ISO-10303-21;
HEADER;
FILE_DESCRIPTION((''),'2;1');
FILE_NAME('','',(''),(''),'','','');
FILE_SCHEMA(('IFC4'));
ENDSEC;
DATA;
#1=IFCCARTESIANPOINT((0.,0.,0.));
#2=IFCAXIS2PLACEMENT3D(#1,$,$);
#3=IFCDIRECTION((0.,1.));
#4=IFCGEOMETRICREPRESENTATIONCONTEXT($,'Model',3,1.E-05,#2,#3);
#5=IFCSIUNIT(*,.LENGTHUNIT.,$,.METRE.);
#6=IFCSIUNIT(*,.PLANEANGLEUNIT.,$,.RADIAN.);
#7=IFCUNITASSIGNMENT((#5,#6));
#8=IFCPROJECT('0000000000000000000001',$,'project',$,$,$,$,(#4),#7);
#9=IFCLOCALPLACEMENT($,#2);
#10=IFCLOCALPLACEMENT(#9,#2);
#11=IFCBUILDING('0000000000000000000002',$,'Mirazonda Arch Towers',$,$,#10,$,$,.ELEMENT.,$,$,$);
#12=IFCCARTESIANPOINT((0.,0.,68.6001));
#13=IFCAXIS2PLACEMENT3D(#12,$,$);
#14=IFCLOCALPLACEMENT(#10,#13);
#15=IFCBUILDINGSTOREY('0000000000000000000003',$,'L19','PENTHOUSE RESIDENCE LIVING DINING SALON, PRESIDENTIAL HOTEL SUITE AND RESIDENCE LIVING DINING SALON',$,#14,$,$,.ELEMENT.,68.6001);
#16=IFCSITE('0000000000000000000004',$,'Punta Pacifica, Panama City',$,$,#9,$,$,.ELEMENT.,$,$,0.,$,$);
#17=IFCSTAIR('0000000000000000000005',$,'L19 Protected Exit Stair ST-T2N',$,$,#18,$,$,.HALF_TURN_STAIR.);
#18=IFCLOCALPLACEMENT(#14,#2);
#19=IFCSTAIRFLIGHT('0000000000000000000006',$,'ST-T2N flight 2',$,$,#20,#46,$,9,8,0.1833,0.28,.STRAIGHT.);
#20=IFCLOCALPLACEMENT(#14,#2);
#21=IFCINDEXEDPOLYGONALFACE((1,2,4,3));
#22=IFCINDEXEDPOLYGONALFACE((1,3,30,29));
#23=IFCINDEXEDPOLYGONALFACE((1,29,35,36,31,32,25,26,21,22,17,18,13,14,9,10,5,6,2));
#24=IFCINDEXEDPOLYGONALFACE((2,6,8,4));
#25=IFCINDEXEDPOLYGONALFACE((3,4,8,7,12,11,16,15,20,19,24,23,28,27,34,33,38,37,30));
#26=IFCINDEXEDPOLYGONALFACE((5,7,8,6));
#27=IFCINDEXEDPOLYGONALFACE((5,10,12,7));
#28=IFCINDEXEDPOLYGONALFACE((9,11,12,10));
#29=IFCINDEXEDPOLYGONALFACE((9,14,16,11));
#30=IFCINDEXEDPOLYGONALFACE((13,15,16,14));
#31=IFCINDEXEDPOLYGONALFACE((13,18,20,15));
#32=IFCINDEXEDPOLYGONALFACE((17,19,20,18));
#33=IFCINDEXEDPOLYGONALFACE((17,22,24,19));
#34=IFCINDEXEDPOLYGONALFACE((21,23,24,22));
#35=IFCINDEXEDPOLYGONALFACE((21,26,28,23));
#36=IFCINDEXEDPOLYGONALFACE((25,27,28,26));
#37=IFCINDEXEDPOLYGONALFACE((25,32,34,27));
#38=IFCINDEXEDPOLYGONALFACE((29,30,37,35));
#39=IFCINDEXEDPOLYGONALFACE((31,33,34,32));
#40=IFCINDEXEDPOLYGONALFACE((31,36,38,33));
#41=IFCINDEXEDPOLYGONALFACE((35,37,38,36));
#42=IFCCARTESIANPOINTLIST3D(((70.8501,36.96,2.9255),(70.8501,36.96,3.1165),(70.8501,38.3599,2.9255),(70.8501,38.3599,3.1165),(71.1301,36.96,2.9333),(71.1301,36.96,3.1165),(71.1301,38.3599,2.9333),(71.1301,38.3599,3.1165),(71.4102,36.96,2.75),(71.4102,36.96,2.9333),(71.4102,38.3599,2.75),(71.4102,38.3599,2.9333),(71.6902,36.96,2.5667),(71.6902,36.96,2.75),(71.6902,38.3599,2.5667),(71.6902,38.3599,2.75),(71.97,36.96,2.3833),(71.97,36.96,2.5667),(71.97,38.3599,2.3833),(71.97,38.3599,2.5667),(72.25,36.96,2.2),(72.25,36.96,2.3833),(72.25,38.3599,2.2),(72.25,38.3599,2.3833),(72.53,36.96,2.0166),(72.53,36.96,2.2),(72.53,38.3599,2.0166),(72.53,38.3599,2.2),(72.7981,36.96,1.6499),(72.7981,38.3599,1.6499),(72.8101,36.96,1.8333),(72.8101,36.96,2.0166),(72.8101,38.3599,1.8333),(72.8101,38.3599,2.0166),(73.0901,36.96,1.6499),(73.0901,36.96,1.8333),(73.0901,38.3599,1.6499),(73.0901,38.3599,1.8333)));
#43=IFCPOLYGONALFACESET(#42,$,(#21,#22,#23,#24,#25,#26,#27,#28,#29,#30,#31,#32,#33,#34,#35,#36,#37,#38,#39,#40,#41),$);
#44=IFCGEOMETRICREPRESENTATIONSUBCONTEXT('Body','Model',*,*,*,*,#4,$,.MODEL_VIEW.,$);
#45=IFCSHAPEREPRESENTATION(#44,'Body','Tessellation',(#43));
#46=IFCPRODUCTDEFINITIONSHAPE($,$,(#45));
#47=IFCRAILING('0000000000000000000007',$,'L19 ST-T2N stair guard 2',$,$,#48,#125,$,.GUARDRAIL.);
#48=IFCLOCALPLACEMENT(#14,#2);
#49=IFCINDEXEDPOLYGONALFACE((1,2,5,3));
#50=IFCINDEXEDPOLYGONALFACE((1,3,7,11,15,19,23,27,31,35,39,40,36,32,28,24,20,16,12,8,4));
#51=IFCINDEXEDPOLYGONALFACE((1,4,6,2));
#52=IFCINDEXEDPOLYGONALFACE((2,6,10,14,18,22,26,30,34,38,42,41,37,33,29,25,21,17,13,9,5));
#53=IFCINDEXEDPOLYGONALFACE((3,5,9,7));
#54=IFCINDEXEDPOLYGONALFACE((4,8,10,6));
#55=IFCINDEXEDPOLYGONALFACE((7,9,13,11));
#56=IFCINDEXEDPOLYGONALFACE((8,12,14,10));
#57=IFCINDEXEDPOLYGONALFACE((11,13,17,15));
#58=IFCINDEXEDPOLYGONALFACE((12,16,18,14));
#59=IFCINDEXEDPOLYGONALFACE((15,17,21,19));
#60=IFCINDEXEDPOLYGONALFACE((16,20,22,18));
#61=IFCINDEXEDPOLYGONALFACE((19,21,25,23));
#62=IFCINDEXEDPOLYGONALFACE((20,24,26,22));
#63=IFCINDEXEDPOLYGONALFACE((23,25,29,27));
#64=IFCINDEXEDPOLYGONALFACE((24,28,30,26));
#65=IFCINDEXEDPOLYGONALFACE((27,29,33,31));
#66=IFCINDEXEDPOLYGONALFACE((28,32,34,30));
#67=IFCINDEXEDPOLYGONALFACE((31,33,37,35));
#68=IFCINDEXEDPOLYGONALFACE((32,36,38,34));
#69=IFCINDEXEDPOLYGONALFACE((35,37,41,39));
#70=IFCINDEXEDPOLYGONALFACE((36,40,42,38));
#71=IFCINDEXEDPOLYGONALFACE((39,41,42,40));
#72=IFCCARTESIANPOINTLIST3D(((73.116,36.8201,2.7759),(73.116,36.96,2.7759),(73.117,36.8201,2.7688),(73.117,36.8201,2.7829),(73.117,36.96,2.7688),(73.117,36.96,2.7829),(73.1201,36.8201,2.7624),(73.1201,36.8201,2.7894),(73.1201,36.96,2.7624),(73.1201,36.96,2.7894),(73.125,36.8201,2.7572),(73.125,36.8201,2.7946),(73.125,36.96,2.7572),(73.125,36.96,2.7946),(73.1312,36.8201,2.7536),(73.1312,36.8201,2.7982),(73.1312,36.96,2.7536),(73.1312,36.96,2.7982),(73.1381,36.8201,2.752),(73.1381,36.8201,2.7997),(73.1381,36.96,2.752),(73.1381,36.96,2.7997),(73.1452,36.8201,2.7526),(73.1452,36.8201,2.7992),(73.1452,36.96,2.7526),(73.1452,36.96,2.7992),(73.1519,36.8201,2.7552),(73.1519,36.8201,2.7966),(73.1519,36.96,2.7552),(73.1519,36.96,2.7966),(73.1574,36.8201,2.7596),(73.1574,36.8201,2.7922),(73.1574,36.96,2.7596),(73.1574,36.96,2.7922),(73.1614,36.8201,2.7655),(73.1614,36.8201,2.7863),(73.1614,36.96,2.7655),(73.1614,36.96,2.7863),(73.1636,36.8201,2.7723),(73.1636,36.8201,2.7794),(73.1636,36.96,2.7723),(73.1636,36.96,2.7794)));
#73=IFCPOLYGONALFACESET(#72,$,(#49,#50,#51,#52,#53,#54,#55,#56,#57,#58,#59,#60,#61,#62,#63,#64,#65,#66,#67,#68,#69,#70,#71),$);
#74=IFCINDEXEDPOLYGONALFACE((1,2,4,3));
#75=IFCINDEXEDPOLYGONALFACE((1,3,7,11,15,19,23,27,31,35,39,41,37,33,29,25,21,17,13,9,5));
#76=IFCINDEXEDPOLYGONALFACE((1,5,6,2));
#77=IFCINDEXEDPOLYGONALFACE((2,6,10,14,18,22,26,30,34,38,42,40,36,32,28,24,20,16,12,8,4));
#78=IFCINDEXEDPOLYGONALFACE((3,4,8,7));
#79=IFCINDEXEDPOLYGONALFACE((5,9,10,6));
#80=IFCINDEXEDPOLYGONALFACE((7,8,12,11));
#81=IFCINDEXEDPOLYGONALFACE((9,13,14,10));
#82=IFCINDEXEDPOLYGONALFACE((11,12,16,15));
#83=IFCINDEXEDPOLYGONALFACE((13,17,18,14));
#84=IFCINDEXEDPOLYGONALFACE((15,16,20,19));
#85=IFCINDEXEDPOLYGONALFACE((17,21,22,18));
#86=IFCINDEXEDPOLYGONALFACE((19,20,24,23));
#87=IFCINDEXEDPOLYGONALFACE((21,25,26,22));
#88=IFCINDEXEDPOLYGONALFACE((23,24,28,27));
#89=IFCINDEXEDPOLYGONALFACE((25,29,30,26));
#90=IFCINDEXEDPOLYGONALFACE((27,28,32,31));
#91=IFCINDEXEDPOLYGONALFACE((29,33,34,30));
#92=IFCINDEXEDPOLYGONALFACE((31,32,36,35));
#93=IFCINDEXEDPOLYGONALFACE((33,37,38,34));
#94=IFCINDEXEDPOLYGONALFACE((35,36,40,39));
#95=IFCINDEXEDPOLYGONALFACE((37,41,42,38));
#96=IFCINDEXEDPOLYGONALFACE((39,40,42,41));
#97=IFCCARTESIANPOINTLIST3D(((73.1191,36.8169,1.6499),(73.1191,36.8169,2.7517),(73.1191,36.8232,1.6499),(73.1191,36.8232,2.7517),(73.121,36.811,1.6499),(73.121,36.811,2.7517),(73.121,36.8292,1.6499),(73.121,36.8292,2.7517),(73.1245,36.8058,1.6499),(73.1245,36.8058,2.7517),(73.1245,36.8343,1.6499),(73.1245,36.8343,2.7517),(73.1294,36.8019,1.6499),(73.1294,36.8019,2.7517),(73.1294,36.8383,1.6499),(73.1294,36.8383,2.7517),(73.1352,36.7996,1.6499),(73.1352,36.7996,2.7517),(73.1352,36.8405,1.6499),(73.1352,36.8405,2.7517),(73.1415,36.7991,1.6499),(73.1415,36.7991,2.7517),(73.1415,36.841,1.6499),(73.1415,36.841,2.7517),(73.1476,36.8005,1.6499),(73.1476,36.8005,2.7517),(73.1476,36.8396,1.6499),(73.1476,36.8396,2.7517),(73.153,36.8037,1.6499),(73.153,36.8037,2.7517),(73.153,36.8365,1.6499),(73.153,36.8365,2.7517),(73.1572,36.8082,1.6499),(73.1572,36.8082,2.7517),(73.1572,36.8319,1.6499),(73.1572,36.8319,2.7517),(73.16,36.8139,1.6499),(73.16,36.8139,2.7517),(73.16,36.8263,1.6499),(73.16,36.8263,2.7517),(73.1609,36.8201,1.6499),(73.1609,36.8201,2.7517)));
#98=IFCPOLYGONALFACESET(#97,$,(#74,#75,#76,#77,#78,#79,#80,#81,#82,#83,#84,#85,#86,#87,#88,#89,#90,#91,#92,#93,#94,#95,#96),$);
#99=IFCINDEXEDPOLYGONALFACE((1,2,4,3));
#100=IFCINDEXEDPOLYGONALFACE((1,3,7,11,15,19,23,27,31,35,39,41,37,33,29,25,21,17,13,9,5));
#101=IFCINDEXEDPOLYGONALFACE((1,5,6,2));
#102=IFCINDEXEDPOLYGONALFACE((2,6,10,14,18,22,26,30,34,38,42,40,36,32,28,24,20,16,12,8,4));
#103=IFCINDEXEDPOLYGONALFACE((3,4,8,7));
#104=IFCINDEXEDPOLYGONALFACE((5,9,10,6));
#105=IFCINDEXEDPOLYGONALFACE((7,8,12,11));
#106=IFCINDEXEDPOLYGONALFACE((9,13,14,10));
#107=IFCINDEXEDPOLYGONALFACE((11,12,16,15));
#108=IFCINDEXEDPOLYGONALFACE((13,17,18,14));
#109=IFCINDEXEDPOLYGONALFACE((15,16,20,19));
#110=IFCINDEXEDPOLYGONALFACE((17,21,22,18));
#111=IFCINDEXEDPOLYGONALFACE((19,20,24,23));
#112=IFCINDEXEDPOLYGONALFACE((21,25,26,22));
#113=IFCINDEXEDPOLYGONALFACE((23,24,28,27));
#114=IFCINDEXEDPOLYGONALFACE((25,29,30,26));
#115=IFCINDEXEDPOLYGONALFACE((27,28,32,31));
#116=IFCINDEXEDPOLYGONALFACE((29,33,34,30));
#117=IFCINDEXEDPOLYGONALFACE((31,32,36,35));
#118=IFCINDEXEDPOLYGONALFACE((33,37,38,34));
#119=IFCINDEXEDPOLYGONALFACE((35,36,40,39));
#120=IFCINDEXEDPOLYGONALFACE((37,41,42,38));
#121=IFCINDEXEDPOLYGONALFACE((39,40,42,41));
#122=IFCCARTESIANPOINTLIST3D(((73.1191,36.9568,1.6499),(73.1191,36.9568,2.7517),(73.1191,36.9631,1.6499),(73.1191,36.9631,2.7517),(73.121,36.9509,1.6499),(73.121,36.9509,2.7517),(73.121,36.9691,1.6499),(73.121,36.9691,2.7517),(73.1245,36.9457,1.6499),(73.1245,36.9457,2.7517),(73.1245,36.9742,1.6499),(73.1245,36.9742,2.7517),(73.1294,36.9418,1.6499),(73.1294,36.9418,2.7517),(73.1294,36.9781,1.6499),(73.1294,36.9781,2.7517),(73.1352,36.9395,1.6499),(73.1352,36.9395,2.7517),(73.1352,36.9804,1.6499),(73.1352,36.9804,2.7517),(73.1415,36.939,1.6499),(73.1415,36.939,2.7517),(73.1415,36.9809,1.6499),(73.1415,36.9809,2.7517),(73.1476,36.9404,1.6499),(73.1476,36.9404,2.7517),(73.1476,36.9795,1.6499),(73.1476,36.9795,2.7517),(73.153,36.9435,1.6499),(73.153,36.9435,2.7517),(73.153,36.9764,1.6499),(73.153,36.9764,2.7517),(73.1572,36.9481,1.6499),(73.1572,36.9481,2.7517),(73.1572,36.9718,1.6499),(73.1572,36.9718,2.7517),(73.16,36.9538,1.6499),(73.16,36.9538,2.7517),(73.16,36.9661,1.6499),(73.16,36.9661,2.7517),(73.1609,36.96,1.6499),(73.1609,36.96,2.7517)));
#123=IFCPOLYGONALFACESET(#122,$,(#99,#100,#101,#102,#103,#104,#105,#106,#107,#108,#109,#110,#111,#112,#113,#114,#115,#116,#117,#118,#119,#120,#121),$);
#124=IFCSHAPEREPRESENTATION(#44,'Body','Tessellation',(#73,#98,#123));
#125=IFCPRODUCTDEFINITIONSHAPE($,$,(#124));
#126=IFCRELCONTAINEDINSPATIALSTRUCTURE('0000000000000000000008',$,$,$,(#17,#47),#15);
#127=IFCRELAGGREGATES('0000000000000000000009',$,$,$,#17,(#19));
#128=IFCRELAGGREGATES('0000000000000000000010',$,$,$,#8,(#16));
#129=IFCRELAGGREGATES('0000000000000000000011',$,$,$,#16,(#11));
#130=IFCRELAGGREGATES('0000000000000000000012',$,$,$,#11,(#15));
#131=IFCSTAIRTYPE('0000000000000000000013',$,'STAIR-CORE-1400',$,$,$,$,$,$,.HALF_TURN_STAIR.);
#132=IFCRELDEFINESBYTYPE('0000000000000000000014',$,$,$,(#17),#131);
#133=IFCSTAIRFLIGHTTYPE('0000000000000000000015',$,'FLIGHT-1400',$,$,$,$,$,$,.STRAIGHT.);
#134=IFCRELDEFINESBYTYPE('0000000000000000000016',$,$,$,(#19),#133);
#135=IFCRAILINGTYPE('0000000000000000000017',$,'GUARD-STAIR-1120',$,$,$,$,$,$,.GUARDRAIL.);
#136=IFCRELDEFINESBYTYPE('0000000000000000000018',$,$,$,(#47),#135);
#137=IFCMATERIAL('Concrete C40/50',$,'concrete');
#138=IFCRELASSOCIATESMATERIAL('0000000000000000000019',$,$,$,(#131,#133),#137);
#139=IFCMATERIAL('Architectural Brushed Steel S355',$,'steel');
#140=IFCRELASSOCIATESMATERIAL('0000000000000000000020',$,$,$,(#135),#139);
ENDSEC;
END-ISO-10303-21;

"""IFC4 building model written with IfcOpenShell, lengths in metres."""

from ifc_helpers import new_model, si_unit, direction, frame, origin, origin_2d, place, context, subcontext, project, spatial, polyline, circle, outline, extrude, material, type_object, element, aggregate, save


model = new_model("IFC4")

# Units and contexts
model_context = context("Model", 3, precision=1e-05, world=origin(), true_north=direction((0.0, 1.0)))
body_context = subcontext(model_context, "Body", "Model", "MODEL_VIEW")
ifc_project = project(units=[si_unit("LENGTHUNIT", "METRE"), si_unit("PLANEANGLEUNIT", "RADIAN")], contexts=[model_context])

# Site, building, storey
site_placement = place(None, origin())
site = spatial("IfcSite", under=ifc_project, at=site_placement, Name="Punta Pacifica, Panama City", CompositionType="ELEMENT", RefElevation=0.0)
building_placement = place(site_placement, origin())
building = spatial("IfcBuilding", under=site, at=building_placement, Name="Mirazonda Arch Towers", CompositionType="ELEMENT")
storey_placement = place(building_placement, frame((0.0, 0.0, 68.6001)))
storey = spatial("IfcBuildingStorey", under=building, at=storey_placement, Name="L19", Description="PENTHOUSE RESIDENCE LIVING DINING SALON, PRESIDENTIAL HOTEL SUITE AND RESIDENCE LIVING DINING SALON", CompositionType="ELEMENT", Elevation=68.6001)

# Shared definitions
ifc_material_1 = material(Name="Concrete C40/50", Category="concrete")

# Stair, stair flight
stair_type = type_object("IfcStairType", Name="STAIR-CORE-1400", PredefinedType="HALF_TURN_STAIR", material=ifc_material_1)
stair_placement = place(storey_placement, origin())
stair = element("IfcStair", 1, at=stair_placement, inside=storey, type_object=stair_type, Name="L19 Protected Exit Stair ST-T2N", PredefinedType="HALF_TURN_STAIR")
stair_flight_type = type_object("IfcStairFlightType", Name="FLIGHT-1400", PredefinedType="STRAIGHT", material=ifc_material_1)
stair_flight_placement = place(storey_placement, frame((73.0901, 37.6599, 1.6499), z_axis=(0.0, 0.0, 1.0), x_axis=(-1.0, 0.0, 0.0)))
stair_flight = element("IfcStairFlight", 2, at=stair_flight_placement, type_object=stair_flight_type, Name="ST-T2N flight 2", NumberOfRisers=9, NumberOfTreads=8, PredefinedType="STRAIGHT", RiserHeight=0.1833, TreadLength=0.28, context=body_context, shape_type="SweptSolid", body=[
    extrude(outline(polyline([(0.0, 0.0), (0.0, 0.1833), (0.28, 0.1833), (0.28, 0.3667), (0.5601, 0.3667), (0.5601, 0.55), (0.8401, 0.55), (0.8401, 0.7334), (1.1201, 0.7334), (1.1201, 0.9167), (1.3999, 0.9167), (1.3999, 1.1001), (1.6799, 1.1001), (1.6799, 1.2834), (1.96, 1.2834), (1.96, 1.4666), (2.24, 1.4666), (2.24, 1.6499), (2.24, 1.2756), (0.292, 0.0), (0.0, 0.0)])), frame((0.0, 0.7, 0.0), z_axis=(0.0, -1.0, 0.0), x_axis=(1.0, 0.0, 0.0)), (0.0, 0.0, 1.0), 1.3999),
])
aggregate(stair, [stair_flight])

# Railing
ifc_material_2 = material(Name="Architectural Brushed Steel S355", Category="steel")
railing_type_1 = type_object("IfcRailingType", Name="GUARD-STAIR-1120", PredefinedType="GUARDRAIL", material=ifc_material_2)
railing_1_placement = place(storey_placement, frame((73.1399, 36.8201, 1.6499)))
element("IfcRailing", 3, at=railing_1_placement, inside=storey, type_object=railing_type_1, Name="L19 ST-T2N stair guard 2", PredefinedType="GUARDRAIL", context=body_context, shape_type="SweptSolid", body=[
    extrude(circle(Radius=0.0239, at=origin_2d()), frame((0.0, 0.0, 1.126), z_axis=(0.0, 1.0, 0.0), x_axis=(-1.0, 0.0, 0.0)), (0.0, 0.0, 1.0), 0.1399),
    extrude(circle(Radius=0.021, at=origin_2d()), origin(), (0.0, 0.0, 1.0), 1.1018),
    extrude(circle(Radius=0.021, at=origin_2d()), frame((0.0, 0.1399, 0.0)), (0.0, 0.0, 1.0), 1.1018),
])

save(model, "model.ifc")
